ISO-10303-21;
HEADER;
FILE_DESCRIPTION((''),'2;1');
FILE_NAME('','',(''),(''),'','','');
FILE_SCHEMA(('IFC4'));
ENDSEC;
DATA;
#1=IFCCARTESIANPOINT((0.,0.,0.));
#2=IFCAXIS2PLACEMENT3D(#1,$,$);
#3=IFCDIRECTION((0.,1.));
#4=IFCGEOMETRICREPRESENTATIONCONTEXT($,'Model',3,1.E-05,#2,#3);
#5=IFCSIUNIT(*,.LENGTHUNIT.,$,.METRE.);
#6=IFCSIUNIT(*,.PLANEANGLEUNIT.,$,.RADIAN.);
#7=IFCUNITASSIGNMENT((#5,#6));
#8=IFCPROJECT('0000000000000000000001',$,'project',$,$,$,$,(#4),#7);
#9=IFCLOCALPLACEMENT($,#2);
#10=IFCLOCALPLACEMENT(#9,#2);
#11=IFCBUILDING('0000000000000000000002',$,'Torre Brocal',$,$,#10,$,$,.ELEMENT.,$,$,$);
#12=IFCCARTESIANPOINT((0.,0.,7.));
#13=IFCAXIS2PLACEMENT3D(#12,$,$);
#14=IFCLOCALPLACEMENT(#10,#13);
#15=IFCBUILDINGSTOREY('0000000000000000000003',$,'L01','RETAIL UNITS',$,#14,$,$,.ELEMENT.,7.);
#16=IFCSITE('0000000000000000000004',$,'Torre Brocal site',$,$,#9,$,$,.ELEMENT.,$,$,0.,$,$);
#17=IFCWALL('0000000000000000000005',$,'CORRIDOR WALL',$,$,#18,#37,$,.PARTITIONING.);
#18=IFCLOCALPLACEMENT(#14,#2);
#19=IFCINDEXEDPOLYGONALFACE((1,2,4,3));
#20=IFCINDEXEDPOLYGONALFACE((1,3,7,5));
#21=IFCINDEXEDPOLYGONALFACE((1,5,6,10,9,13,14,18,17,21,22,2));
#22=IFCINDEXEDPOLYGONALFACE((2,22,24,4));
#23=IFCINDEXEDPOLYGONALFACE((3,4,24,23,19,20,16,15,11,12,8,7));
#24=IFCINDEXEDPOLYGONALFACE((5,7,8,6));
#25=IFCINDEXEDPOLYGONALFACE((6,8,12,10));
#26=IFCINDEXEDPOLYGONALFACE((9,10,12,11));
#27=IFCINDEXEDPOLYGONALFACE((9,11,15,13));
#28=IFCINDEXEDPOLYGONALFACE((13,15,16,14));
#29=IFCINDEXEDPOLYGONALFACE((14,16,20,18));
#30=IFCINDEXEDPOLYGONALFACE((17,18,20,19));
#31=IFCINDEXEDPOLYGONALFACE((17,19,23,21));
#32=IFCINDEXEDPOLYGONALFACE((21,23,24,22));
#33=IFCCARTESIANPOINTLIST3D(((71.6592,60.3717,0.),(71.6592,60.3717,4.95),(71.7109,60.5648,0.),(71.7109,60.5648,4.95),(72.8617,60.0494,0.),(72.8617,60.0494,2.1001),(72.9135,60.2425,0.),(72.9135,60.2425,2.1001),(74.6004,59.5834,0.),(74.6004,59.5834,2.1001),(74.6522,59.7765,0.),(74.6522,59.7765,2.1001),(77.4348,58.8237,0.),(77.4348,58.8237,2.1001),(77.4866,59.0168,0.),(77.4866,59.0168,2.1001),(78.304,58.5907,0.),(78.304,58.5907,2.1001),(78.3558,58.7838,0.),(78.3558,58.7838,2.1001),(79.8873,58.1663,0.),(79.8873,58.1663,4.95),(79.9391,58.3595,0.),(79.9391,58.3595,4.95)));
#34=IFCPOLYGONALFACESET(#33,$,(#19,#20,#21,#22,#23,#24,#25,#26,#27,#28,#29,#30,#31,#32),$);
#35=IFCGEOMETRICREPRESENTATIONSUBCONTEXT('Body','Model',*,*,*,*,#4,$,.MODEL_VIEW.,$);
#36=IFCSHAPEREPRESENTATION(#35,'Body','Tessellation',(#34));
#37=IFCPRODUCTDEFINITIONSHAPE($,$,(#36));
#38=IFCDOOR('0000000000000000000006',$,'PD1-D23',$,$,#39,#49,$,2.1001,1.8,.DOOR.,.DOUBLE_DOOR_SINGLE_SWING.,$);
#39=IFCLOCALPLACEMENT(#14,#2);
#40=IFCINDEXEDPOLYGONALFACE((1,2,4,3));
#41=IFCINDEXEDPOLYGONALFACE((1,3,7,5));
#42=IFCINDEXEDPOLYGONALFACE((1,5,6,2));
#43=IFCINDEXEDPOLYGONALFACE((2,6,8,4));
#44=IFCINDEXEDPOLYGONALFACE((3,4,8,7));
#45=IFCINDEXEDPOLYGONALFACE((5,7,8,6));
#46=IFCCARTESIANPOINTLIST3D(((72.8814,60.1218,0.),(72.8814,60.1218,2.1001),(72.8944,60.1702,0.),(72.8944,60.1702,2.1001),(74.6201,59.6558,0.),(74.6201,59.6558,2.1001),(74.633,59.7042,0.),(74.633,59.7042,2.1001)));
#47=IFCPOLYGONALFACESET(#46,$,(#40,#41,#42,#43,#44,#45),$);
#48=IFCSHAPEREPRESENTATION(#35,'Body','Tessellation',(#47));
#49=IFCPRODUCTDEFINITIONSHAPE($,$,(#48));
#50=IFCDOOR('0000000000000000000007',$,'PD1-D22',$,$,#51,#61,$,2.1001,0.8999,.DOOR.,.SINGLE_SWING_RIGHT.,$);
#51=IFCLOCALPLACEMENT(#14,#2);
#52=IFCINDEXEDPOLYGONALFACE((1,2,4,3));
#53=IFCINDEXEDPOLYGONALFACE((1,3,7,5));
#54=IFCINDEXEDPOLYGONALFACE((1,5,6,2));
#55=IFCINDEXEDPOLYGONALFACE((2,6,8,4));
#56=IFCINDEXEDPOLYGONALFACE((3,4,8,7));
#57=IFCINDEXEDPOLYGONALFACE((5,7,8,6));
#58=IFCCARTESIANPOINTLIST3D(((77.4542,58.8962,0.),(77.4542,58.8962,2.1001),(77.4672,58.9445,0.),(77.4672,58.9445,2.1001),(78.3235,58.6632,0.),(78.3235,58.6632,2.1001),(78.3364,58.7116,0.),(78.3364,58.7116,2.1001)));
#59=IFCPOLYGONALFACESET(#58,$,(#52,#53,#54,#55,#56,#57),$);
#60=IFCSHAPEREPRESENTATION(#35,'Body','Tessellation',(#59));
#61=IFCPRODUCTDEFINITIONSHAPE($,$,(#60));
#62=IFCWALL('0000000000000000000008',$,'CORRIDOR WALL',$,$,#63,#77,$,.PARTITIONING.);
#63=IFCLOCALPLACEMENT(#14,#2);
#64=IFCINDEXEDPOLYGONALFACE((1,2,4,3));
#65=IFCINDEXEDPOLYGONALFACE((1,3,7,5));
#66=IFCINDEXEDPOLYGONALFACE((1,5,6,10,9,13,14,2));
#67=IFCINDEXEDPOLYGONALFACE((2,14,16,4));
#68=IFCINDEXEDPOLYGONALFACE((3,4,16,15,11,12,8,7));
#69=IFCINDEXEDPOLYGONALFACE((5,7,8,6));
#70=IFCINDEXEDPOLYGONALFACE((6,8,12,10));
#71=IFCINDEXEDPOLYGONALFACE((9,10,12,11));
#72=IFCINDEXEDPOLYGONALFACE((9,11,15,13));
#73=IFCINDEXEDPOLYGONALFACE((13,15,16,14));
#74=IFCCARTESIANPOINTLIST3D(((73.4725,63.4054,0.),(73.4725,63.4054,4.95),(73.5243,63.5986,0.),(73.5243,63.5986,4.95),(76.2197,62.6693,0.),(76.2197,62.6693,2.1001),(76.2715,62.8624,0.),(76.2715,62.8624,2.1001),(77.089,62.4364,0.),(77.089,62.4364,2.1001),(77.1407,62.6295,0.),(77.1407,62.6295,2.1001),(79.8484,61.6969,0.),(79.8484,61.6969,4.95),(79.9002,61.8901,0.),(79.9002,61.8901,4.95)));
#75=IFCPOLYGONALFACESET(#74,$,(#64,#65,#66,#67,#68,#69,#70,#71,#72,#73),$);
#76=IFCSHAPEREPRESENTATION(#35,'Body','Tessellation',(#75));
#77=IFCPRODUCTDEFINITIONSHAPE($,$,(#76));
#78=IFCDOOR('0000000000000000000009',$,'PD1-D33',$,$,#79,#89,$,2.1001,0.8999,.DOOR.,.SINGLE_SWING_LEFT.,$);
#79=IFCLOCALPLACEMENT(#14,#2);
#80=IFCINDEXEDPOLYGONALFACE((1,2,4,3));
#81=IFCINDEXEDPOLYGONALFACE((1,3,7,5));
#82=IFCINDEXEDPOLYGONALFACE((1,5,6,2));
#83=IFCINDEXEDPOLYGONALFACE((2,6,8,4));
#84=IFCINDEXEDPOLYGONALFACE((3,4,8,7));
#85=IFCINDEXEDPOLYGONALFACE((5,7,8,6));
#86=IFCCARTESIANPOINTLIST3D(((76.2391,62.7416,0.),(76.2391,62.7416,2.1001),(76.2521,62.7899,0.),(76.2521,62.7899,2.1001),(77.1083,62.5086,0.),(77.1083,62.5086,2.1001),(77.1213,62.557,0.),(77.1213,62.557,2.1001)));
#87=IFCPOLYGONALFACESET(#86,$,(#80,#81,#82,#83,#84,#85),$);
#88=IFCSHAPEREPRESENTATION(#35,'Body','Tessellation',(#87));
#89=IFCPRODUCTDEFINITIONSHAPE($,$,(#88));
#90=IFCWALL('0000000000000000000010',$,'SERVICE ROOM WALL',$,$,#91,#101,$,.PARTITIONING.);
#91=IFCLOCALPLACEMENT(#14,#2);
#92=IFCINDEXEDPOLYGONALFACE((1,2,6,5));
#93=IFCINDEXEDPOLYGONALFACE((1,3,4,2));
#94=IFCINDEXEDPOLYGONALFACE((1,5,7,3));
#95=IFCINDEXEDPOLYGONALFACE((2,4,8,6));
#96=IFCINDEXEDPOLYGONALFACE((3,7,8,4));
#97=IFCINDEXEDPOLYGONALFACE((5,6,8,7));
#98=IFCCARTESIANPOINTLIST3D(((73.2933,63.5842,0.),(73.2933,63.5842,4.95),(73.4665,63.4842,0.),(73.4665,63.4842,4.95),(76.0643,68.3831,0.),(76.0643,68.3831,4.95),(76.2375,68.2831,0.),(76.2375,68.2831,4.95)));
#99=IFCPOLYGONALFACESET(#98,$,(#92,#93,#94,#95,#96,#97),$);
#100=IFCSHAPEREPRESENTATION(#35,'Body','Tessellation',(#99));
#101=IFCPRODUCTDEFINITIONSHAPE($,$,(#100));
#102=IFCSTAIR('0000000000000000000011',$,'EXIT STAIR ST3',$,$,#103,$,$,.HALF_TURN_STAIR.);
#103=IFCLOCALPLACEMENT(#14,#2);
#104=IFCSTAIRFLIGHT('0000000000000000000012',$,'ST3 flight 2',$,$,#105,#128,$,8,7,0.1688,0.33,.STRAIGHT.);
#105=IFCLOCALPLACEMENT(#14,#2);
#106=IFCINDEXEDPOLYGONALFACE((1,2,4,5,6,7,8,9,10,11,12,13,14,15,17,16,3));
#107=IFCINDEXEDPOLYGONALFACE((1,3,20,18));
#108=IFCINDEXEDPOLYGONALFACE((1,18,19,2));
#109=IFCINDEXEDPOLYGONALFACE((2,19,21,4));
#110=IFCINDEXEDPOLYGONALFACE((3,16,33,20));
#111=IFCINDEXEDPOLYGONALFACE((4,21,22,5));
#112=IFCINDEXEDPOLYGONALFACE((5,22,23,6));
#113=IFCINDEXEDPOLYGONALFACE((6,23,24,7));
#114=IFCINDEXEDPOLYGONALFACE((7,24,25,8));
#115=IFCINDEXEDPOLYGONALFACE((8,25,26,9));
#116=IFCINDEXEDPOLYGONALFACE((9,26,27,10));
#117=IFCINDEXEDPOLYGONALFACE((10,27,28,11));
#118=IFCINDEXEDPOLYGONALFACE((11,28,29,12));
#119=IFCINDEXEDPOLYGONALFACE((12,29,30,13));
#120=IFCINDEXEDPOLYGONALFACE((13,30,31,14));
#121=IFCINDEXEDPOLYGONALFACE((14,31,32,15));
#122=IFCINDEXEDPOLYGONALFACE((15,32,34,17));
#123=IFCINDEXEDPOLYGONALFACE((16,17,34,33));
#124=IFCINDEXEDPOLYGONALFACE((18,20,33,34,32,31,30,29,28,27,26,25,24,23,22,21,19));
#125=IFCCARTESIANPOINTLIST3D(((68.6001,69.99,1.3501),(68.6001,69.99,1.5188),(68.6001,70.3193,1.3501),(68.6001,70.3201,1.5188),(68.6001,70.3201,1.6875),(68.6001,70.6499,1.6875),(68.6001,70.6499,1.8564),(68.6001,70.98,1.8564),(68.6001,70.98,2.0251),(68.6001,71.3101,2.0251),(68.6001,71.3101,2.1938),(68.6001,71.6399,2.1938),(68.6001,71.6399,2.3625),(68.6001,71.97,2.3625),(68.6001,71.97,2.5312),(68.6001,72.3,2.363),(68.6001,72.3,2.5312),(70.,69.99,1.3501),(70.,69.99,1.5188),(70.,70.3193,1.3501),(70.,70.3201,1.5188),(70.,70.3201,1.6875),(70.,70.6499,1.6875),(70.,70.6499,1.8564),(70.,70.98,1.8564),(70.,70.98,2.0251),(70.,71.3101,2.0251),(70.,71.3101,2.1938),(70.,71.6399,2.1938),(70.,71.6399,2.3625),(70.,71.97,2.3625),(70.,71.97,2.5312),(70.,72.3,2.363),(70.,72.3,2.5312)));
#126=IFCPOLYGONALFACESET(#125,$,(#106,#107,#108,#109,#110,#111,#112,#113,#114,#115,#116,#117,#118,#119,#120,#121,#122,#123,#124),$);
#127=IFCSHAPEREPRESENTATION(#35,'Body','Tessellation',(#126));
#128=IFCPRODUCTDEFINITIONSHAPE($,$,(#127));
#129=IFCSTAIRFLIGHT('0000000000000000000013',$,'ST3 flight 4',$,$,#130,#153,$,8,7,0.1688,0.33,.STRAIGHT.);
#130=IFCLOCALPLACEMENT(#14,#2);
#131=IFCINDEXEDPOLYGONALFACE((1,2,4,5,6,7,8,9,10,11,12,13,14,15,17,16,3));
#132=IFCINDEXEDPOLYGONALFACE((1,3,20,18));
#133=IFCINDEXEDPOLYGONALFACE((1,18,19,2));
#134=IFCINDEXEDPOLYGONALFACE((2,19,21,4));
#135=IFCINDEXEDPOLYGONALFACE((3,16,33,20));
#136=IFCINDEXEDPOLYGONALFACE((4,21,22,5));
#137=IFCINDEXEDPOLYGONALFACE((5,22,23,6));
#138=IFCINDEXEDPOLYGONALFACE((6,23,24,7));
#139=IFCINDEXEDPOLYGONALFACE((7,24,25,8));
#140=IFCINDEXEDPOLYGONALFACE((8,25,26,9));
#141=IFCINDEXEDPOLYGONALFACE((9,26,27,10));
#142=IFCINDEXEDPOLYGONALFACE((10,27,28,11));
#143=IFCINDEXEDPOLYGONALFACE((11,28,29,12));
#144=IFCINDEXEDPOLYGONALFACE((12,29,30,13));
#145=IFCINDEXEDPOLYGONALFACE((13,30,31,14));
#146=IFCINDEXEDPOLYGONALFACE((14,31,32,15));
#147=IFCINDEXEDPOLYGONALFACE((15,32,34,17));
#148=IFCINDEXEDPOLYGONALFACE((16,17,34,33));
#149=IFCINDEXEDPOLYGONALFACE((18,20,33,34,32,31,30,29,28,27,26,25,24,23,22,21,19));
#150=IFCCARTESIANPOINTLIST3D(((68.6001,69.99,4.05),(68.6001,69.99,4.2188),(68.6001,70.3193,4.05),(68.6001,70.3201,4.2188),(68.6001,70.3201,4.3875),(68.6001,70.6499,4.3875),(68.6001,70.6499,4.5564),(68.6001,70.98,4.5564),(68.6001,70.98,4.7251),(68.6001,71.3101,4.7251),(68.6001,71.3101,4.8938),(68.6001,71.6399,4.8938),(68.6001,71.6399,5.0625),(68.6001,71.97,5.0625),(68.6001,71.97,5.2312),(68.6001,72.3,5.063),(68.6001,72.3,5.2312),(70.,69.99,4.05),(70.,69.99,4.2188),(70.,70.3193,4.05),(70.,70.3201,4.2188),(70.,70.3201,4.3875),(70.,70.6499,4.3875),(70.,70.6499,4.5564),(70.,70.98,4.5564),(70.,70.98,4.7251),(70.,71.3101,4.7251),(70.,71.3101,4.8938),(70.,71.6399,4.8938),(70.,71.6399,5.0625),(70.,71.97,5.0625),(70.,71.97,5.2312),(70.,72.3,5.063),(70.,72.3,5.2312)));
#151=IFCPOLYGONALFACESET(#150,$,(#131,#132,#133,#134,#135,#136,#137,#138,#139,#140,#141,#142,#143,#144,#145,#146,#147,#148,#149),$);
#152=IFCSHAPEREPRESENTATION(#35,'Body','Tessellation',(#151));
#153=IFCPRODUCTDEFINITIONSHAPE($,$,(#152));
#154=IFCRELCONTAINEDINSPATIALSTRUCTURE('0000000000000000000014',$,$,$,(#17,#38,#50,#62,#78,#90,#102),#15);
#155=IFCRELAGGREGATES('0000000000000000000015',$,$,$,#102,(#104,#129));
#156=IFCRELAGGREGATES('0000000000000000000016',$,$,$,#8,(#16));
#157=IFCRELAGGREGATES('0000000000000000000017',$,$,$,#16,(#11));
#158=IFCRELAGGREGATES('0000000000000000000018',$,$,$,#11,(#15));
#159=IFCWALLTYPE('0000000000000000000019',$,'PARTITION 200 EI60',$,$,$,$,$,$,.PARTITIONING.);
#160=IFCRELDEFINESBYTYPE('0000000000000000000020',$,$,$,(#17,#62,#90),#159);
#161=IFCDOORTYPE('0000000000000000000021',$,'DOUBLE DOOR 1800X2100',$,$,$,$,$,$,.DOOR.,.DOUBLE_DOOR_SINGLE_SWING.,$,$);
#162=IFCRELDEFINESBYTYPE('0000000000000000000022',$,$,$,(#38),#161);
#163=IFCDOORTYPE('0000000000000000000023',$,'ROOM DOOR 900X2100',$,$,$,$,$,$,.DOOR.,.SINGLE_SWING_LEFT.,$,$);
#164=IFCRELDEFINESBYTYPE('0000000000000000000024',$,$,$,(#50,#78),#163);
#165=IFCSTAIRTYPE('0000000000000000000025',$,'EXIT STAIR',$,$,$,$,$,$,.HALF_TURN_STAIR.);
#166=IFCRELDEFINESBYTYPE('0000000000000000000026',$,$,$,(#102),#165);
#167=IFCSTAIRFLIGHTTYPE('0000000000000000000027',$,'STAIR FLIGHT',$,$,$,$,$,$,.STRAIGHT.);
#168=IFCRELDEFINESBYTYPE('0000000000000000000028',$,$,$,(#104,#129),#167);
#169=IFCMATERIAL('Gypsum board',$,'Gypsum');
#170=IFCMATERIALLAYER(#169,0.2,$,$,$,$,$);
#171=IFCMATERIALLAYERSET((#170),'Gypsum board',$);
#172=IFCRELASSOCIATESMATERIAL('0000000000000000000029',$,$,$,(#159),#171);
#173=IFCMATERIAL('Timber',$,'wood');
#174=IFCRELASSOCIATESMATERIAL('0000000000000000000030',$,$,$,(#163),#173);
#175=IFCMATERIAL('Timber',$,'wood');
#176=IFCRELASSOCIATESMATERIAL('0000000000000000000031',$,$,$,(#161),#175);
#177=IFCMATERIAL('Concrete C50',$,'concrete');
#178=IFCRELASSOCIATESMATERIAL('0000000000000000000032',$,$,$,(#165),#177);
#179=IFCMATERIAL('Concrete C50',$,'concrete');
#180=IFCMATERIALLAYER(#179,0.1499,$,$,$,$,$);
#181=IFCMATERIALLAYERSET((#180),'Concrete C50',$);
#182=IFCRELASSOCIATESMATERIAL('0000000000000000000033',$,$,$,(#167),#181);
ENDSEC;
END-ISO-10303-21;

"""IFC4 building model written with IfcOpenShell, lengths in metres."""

from ifc_helpers import new_model, si_unit, direction, frame, frame_2d, origin, place, context, subcontext, project, spatial, polyline, rectangle, outline, extrude, material, layer, layer_set, type_object, element, fill, aggregate, save


model = new_model("IFC4")

# Units and contexts
model_context = context("Model", 3, precision=1e-05, world=origin(), true_north=direction((0.0, 1.0)))
body_context = subcontext(model_context, "Body", "Model", "MODEL_VIEW")
ifc_project = project(units=[si_unit("LENGTHUNIT", "METRE"), si_unit("PLANEANGLEUNIT", "RADIAN")], contexts=[model_context])

# Site, building, storey
site_placement = place(None, origin())
site = spatial("IfcSite", under=ifc_project, at=site_placement, Name="Torre Brocal site", CompositionType="ELEMENT", RefElevation=0.0)
building_placement = place(site_placement, origin())
building = spatial("IfcBuilding", under=site, at=building_placement, Name="Torre Brocal", CompositionType="ELEMENT")
storey_placement = place(building_placement, frame((0.0, 0.0, 7.0)))
storey = spatial("IfcBuildingStorey", under=building, at=storey_placement, Name="L01", Description="RETAIL UNITS", CompositionType="ELEMENT", Elevation=7.0)

# Shared definitions
ifc_material_1 = material(Name="Gypsum board", Category="Gypsum")
ifc_layer_1 = layer(ifc_material_1, 0.2)
ifc_layer_set_1 = layer_set([ifc_layer_1], Name="Gypsum board")
wall_type_1 = type_object("IfcWallType", Name="PARTITION 200 EI60", PredefinedType="PARTITIONING", material=ifc_layer_set_1)
ifc_material_2 = material(Name="Timber", Category="wood")
door_type_1 = type_object("IfcDoorType", Name="ROOM DOOR 900X2100", OperationType="SINGLE_SWING_LEFT", PredefinedType="DOOR", material=ifc_material_2)

# Wall, openings, doors
wall_1_placement = place(storey_placement, frame((71.6851, 60.4683, 0.0), z_axis=(0.0, 0.0, 1.0), x_axis=(0.965907, -0.258888, 0.0)))
wall_1 = element("IfcWall", 1, at=wall_1_placement, inside=storey, type_object=wall_type_1, Name="CORRIDOR WALL", PredefinedType="PARTITIONING", context=body_context, shape_type="SweptSolid", body=[
    extrude(rectangle(XDim=8.5186, YDim=0.2, at=frame_2d((4.2593, 0.0))), origin(), (0.0, 0.0, 1.0), 4.95),
])
opening_1_placement = place(wall_1_placement, frame((5.9795, 0.0, 0.0)))
opening_1 = element("IfcOpeningElement", 2, at=opening_1_placement, cuts=wall_1, PredefinedType="OPENING", context=body_context, shape_type="SweptSolid", body=[
    extrude(rectangle(XDim=0.8999, YDim=2.1001, at=frame_2d((0.45, 1.05))), frame((0.0, 0.1099, 0.0), z_axis=(0.0, -1.0, 0.0), x_axis=(1.0, 0.0, 0.0)), (0.0, 0.0, 1.0), 0.22),
])
opening_2_placement = place(wall_1_placement, frame((1.2451, 0.0, 0.0)))
opening_2 = element("IfcOpeningElement", 3, at=opening_2_placement, cuts=wall_1, PredefinedType="OPENING", context=body_context, shape_type="SweptSolid", body=[
    extrude(rectangle(XDim=1.8, YDim=2.1001, at=frame_2d((0.8999, 1.05))), frame((0.0, 0.1099, 0.0), z_axis=(0.0, -1.0, 0.0), x_axis=(1.0, 0.0, 0.0)), (0.0, 0.0, 1.0), 0.22),
])
ifc_material_3 = material(Name="Timber", Category="wood")
door_type_2 = type_object("IfcDoorType", Name="DOUBLE DOOR 1800X2100", OperationType="DOUBLE_DOOR_SINGLE_SWING", PredefinedType="DOOR", material=ifc_material_3)
door_1_placement = place(opening_2_placement, frame((1.8, 0.0, 0.0), z_axis=(0.0, 0.0, 1.0), x_axis=(-1.0, 0.0, 0.0)))
door_1 = element("IfcDoor", 4, at=door_1_placement, inside=storey, type_object=door_type_2, Name="PD1-D23", OperationType="DOUBLE_DOOR_SINGLE_SWING", OverallHeight=2.1001, OverallWidth=1.8, PredefinedType="DOOR", context=body_context, shape_type="SweptSolid", body=[
    extrude(rectangle(XDim=1.8, YDim=2.1001, at=frame_2d((0.8999, 1.05))), frame((0.0, 0.0249, 0.0), z_axis=(0.0, -1.0, 0.0), x_axis=(1.0, 0.0, 0.0)), (0.0, 0.0, 1.0), 0.05),
])
fill(opening_2, door_1)
door_2_placement = place(opening_1_placement, frame((0.8999, 0.0, 0.0), z_axis=(0.0, 0.0, 1.0), x_axis=(-1.0, 0.0, 0.0)))
door_2 = element("IfcDoor", 5, at=door_2_placement, inside=storey, type_object=door_type_1, Name="PD1-D22", OperationType="SINGLE_SWING_RIGHT", OverallHeight=2.1001, OverallWidth=0.8999, PredefinedType="DOOR", context=body_context, shape_type="SweptSolid", body=[
    extrude(rectangle(XDim=0.8999, YDim=2.1001, at=frame_2d((0.45, 1.05))), frame((0.0, 0.0249, 0.0), z_axis=(0.0, -1.0, 0.0), x_axis=(1.0, 0.0, 0.0)), (0.0, 0.0, 1.0), 0.05),
])
fill(opening_1, door_2)

# Wall, opening, door
wall_2_placement = place(storey_placement, frame((73.4985, 63.502, 0.0), z_axis=(0.0, 0.0, 1.0), x_axis=(0.965924, -0.258827, 0.0)))
wall_2 = element("IfcWall", 6, at=wall_2_placement, inside=storey, type_object=wall_type_1, Name="CORRIDOR WALL", PredefinedType="PARTITIONING", context=body_context, shape_type="SweptSolid", body=[
    extrude(rectangle(XDim=6.6008, YDim=0.2, at=frame_2d((3.3003, 0.0))), origin(), (0.0, 0.0, 1.0), 4.95),
])
opening_3_placement = place(wall_2_placement, frame((2.844, 0.0, 0.0)))
opening_3 = element("IfcOpeningElement", 7, at=opening_3_placement, cuts=wall_2, PredefinedType="OPENING", context=body_context, shape_type="SweptSolid", body=[
    extrude(rectangle(XDim=0.8999, YDim=2.1001, at=frame_2d((0.45, 1.05))), frame((0.0, 0.1099, 0.0), z_axis=(0.0, -1.0, 0.0), x_axis=(1.0, 0.0, 0.0)), (0.0, 0.0, 1.0), 0.22),
])
door_3_placement = place(opening_3_placement, origin())
door_3 = element("IfcDoor", 8, at=door_3_placement, inside=storey, type_object=door_type_1, Name="PD1-D33", OperationType="SINGLE_SWING_LEFT", OverallHeight=2.1001, OverallWidth=0.8999, PredefinedType="DOOR", context=body_context, shape_type="SweptSolid", body=[
    extrude(rectangle(XDim=0.8999, YDim=2.1001, at=frame_2d((0.45, 1.05))), frame((0.0, 0.0249, 0.0), z_axis=(0.0, -1.0, 0.0), x_axis=(1.0, 0.0, 0.0)), (0.0, 0.0, 1.0), 0.05),
])
fill(opening_3, door_3)

# Wall
wall_3_placement = place(storey_placement, frame((73.3799, 63.5342, 0.0), z_axis=(0.0, 0.0, 1.0), x_axis=(0.500053, 0.865995, 0.0)))
element("IfcWall", 9, at=wall_3_placement, inside=storey, type_object=wall_type_1, Name="SERVICE ROOM WALL", PredefinedType="PARTITIONING", context=body_context, shape_type="SweptSolid", body=[
    extrude(rectangle(XDim=5.5415, YDim=0.2, at=frame_2d((2.7708, 0.0))), origin(), (0.0, 0.0, 1.0), 4.95),
])

# Stair, stair flights
ifc_material_4 = material(Name="Concrete C50", Category="concrete")
stair_type = type_object("IfcStairType", Name="EXIT STAIR", PredefinedType="HALF_TURN_STAIR", material=ifc_material_4)
stair_placement = place(storey_placement, origin())
stair = element("IfcStair", 10, at=stair_placement, inside=storey, type_object=stair_type, Name="EXIT STAIR ST3", PredefinedType="HALF_TURN_STAIR")
ifc_material_5 = material(Name="Concrete C50", Category="concrete")
ifc_layer_2 = layer(ifc_material_5, 0.1499)
ifc_layer_set_2 = layer_set([ifc_layer_2], Name="Concrete C50")
stair_flight_type = type_object("IfcStairFlightType", Name="STAIR FLIGHT", PredefinedType="STRAIGHT", material=ifc_layer_set_2)
stair_flight_1_placement = place(storey_placement, frame((69.3, 69.99, 1.3501), z_axis=(0.0, 0.0, 1.0), x_axis=(0.0, 1.0, 0.0)))
stair_flight_1 = element("IfcStairFlight", 11, at=stair_flight_1_placement, type_object=stair_flight_type, Name="ST3 flight 2", NumberOfRisers=8, NumberOfTreads=7, PredefinedType="STRAIGHT", RiserHeight=0.1688, TreadLength=0.33, context=body_context, shape_type="SweptSolid", body=[
    extrude(outline(polyline([(0.0, 0.0), (0.0, 0.1687), (0.3301, 0.1687), (0.3301, 0.3374), (0.6599, 0.3374), (0.6599, 0.5063), (0.99, 0.5063), (0.99, 0.675), (1.3201, 0.675), (1.3201, 0.8438), (1.6499, 0.8438), (1.6499, 1.0125), (1.98, 1.0125), (1.98, 1.1812), (2.3101, 1.1812), (2.3101, 1.3501), (2.3101, 1.0129), (0.3293, 0.0), (0.0, 0.0)])), frame((0.0, 0.7, 0.0), z_axis=(0.0, -1.0, 0.0), x_axis=(1.0, 0.0, 0.0)), (0.0, 0.0, 1.0), 1.3999),
])
stair_flight_2_placement = place(storey_placement, frame((69.3, 69.99, 4.05), z_axis=(0.0, 0.0, 1.0), x_axis=(0.0, 1.0, 0.0)))
stair_flight_2 = element("IfcStairFlight", 12, at=stair_flight_2_placement, type_object=stair_flight_type, Name="ST3 flight 4", NumberOfRisers=8, NumberOfTreads=7, PredefinedType="STRAIGHT", RiserHeight=0.1688, TreadLength=0.33, context=body_context, shape_type="SweptSolid", body=[
    extrude(outline(polyline([(0.0, 0.0), (0.0, 0.1687), (0.3301, 0.1687), (0.3301, 0.3374), (0.6599, 0.3374), (0.6599, 0.5063), (0.99, 0.5063), (0.99, 0.675), (1.3201, 0.675), (1.3201, 0.8438), (1.6499, 0.8438), (1.6499, 1.0125), (1.98, 1.0125), (1.98, 1.1812), (2.3101, 1.1812), (2.3101, 1.3501), (2.3101, 1.0129), (0.3293, 0.0), (0.0, 0.0)])), frame((0.0, 0.7, 0.0), z_axis=(0.0, -1.0, 0.0), x_axis=(1.0, 0.0, 0.0)), (0.0, 0.0, 1.0), 1.3999),
])
aggregate(stair, [stair_flight_1, stair_flight_2])

save(model, "model.ifc")
